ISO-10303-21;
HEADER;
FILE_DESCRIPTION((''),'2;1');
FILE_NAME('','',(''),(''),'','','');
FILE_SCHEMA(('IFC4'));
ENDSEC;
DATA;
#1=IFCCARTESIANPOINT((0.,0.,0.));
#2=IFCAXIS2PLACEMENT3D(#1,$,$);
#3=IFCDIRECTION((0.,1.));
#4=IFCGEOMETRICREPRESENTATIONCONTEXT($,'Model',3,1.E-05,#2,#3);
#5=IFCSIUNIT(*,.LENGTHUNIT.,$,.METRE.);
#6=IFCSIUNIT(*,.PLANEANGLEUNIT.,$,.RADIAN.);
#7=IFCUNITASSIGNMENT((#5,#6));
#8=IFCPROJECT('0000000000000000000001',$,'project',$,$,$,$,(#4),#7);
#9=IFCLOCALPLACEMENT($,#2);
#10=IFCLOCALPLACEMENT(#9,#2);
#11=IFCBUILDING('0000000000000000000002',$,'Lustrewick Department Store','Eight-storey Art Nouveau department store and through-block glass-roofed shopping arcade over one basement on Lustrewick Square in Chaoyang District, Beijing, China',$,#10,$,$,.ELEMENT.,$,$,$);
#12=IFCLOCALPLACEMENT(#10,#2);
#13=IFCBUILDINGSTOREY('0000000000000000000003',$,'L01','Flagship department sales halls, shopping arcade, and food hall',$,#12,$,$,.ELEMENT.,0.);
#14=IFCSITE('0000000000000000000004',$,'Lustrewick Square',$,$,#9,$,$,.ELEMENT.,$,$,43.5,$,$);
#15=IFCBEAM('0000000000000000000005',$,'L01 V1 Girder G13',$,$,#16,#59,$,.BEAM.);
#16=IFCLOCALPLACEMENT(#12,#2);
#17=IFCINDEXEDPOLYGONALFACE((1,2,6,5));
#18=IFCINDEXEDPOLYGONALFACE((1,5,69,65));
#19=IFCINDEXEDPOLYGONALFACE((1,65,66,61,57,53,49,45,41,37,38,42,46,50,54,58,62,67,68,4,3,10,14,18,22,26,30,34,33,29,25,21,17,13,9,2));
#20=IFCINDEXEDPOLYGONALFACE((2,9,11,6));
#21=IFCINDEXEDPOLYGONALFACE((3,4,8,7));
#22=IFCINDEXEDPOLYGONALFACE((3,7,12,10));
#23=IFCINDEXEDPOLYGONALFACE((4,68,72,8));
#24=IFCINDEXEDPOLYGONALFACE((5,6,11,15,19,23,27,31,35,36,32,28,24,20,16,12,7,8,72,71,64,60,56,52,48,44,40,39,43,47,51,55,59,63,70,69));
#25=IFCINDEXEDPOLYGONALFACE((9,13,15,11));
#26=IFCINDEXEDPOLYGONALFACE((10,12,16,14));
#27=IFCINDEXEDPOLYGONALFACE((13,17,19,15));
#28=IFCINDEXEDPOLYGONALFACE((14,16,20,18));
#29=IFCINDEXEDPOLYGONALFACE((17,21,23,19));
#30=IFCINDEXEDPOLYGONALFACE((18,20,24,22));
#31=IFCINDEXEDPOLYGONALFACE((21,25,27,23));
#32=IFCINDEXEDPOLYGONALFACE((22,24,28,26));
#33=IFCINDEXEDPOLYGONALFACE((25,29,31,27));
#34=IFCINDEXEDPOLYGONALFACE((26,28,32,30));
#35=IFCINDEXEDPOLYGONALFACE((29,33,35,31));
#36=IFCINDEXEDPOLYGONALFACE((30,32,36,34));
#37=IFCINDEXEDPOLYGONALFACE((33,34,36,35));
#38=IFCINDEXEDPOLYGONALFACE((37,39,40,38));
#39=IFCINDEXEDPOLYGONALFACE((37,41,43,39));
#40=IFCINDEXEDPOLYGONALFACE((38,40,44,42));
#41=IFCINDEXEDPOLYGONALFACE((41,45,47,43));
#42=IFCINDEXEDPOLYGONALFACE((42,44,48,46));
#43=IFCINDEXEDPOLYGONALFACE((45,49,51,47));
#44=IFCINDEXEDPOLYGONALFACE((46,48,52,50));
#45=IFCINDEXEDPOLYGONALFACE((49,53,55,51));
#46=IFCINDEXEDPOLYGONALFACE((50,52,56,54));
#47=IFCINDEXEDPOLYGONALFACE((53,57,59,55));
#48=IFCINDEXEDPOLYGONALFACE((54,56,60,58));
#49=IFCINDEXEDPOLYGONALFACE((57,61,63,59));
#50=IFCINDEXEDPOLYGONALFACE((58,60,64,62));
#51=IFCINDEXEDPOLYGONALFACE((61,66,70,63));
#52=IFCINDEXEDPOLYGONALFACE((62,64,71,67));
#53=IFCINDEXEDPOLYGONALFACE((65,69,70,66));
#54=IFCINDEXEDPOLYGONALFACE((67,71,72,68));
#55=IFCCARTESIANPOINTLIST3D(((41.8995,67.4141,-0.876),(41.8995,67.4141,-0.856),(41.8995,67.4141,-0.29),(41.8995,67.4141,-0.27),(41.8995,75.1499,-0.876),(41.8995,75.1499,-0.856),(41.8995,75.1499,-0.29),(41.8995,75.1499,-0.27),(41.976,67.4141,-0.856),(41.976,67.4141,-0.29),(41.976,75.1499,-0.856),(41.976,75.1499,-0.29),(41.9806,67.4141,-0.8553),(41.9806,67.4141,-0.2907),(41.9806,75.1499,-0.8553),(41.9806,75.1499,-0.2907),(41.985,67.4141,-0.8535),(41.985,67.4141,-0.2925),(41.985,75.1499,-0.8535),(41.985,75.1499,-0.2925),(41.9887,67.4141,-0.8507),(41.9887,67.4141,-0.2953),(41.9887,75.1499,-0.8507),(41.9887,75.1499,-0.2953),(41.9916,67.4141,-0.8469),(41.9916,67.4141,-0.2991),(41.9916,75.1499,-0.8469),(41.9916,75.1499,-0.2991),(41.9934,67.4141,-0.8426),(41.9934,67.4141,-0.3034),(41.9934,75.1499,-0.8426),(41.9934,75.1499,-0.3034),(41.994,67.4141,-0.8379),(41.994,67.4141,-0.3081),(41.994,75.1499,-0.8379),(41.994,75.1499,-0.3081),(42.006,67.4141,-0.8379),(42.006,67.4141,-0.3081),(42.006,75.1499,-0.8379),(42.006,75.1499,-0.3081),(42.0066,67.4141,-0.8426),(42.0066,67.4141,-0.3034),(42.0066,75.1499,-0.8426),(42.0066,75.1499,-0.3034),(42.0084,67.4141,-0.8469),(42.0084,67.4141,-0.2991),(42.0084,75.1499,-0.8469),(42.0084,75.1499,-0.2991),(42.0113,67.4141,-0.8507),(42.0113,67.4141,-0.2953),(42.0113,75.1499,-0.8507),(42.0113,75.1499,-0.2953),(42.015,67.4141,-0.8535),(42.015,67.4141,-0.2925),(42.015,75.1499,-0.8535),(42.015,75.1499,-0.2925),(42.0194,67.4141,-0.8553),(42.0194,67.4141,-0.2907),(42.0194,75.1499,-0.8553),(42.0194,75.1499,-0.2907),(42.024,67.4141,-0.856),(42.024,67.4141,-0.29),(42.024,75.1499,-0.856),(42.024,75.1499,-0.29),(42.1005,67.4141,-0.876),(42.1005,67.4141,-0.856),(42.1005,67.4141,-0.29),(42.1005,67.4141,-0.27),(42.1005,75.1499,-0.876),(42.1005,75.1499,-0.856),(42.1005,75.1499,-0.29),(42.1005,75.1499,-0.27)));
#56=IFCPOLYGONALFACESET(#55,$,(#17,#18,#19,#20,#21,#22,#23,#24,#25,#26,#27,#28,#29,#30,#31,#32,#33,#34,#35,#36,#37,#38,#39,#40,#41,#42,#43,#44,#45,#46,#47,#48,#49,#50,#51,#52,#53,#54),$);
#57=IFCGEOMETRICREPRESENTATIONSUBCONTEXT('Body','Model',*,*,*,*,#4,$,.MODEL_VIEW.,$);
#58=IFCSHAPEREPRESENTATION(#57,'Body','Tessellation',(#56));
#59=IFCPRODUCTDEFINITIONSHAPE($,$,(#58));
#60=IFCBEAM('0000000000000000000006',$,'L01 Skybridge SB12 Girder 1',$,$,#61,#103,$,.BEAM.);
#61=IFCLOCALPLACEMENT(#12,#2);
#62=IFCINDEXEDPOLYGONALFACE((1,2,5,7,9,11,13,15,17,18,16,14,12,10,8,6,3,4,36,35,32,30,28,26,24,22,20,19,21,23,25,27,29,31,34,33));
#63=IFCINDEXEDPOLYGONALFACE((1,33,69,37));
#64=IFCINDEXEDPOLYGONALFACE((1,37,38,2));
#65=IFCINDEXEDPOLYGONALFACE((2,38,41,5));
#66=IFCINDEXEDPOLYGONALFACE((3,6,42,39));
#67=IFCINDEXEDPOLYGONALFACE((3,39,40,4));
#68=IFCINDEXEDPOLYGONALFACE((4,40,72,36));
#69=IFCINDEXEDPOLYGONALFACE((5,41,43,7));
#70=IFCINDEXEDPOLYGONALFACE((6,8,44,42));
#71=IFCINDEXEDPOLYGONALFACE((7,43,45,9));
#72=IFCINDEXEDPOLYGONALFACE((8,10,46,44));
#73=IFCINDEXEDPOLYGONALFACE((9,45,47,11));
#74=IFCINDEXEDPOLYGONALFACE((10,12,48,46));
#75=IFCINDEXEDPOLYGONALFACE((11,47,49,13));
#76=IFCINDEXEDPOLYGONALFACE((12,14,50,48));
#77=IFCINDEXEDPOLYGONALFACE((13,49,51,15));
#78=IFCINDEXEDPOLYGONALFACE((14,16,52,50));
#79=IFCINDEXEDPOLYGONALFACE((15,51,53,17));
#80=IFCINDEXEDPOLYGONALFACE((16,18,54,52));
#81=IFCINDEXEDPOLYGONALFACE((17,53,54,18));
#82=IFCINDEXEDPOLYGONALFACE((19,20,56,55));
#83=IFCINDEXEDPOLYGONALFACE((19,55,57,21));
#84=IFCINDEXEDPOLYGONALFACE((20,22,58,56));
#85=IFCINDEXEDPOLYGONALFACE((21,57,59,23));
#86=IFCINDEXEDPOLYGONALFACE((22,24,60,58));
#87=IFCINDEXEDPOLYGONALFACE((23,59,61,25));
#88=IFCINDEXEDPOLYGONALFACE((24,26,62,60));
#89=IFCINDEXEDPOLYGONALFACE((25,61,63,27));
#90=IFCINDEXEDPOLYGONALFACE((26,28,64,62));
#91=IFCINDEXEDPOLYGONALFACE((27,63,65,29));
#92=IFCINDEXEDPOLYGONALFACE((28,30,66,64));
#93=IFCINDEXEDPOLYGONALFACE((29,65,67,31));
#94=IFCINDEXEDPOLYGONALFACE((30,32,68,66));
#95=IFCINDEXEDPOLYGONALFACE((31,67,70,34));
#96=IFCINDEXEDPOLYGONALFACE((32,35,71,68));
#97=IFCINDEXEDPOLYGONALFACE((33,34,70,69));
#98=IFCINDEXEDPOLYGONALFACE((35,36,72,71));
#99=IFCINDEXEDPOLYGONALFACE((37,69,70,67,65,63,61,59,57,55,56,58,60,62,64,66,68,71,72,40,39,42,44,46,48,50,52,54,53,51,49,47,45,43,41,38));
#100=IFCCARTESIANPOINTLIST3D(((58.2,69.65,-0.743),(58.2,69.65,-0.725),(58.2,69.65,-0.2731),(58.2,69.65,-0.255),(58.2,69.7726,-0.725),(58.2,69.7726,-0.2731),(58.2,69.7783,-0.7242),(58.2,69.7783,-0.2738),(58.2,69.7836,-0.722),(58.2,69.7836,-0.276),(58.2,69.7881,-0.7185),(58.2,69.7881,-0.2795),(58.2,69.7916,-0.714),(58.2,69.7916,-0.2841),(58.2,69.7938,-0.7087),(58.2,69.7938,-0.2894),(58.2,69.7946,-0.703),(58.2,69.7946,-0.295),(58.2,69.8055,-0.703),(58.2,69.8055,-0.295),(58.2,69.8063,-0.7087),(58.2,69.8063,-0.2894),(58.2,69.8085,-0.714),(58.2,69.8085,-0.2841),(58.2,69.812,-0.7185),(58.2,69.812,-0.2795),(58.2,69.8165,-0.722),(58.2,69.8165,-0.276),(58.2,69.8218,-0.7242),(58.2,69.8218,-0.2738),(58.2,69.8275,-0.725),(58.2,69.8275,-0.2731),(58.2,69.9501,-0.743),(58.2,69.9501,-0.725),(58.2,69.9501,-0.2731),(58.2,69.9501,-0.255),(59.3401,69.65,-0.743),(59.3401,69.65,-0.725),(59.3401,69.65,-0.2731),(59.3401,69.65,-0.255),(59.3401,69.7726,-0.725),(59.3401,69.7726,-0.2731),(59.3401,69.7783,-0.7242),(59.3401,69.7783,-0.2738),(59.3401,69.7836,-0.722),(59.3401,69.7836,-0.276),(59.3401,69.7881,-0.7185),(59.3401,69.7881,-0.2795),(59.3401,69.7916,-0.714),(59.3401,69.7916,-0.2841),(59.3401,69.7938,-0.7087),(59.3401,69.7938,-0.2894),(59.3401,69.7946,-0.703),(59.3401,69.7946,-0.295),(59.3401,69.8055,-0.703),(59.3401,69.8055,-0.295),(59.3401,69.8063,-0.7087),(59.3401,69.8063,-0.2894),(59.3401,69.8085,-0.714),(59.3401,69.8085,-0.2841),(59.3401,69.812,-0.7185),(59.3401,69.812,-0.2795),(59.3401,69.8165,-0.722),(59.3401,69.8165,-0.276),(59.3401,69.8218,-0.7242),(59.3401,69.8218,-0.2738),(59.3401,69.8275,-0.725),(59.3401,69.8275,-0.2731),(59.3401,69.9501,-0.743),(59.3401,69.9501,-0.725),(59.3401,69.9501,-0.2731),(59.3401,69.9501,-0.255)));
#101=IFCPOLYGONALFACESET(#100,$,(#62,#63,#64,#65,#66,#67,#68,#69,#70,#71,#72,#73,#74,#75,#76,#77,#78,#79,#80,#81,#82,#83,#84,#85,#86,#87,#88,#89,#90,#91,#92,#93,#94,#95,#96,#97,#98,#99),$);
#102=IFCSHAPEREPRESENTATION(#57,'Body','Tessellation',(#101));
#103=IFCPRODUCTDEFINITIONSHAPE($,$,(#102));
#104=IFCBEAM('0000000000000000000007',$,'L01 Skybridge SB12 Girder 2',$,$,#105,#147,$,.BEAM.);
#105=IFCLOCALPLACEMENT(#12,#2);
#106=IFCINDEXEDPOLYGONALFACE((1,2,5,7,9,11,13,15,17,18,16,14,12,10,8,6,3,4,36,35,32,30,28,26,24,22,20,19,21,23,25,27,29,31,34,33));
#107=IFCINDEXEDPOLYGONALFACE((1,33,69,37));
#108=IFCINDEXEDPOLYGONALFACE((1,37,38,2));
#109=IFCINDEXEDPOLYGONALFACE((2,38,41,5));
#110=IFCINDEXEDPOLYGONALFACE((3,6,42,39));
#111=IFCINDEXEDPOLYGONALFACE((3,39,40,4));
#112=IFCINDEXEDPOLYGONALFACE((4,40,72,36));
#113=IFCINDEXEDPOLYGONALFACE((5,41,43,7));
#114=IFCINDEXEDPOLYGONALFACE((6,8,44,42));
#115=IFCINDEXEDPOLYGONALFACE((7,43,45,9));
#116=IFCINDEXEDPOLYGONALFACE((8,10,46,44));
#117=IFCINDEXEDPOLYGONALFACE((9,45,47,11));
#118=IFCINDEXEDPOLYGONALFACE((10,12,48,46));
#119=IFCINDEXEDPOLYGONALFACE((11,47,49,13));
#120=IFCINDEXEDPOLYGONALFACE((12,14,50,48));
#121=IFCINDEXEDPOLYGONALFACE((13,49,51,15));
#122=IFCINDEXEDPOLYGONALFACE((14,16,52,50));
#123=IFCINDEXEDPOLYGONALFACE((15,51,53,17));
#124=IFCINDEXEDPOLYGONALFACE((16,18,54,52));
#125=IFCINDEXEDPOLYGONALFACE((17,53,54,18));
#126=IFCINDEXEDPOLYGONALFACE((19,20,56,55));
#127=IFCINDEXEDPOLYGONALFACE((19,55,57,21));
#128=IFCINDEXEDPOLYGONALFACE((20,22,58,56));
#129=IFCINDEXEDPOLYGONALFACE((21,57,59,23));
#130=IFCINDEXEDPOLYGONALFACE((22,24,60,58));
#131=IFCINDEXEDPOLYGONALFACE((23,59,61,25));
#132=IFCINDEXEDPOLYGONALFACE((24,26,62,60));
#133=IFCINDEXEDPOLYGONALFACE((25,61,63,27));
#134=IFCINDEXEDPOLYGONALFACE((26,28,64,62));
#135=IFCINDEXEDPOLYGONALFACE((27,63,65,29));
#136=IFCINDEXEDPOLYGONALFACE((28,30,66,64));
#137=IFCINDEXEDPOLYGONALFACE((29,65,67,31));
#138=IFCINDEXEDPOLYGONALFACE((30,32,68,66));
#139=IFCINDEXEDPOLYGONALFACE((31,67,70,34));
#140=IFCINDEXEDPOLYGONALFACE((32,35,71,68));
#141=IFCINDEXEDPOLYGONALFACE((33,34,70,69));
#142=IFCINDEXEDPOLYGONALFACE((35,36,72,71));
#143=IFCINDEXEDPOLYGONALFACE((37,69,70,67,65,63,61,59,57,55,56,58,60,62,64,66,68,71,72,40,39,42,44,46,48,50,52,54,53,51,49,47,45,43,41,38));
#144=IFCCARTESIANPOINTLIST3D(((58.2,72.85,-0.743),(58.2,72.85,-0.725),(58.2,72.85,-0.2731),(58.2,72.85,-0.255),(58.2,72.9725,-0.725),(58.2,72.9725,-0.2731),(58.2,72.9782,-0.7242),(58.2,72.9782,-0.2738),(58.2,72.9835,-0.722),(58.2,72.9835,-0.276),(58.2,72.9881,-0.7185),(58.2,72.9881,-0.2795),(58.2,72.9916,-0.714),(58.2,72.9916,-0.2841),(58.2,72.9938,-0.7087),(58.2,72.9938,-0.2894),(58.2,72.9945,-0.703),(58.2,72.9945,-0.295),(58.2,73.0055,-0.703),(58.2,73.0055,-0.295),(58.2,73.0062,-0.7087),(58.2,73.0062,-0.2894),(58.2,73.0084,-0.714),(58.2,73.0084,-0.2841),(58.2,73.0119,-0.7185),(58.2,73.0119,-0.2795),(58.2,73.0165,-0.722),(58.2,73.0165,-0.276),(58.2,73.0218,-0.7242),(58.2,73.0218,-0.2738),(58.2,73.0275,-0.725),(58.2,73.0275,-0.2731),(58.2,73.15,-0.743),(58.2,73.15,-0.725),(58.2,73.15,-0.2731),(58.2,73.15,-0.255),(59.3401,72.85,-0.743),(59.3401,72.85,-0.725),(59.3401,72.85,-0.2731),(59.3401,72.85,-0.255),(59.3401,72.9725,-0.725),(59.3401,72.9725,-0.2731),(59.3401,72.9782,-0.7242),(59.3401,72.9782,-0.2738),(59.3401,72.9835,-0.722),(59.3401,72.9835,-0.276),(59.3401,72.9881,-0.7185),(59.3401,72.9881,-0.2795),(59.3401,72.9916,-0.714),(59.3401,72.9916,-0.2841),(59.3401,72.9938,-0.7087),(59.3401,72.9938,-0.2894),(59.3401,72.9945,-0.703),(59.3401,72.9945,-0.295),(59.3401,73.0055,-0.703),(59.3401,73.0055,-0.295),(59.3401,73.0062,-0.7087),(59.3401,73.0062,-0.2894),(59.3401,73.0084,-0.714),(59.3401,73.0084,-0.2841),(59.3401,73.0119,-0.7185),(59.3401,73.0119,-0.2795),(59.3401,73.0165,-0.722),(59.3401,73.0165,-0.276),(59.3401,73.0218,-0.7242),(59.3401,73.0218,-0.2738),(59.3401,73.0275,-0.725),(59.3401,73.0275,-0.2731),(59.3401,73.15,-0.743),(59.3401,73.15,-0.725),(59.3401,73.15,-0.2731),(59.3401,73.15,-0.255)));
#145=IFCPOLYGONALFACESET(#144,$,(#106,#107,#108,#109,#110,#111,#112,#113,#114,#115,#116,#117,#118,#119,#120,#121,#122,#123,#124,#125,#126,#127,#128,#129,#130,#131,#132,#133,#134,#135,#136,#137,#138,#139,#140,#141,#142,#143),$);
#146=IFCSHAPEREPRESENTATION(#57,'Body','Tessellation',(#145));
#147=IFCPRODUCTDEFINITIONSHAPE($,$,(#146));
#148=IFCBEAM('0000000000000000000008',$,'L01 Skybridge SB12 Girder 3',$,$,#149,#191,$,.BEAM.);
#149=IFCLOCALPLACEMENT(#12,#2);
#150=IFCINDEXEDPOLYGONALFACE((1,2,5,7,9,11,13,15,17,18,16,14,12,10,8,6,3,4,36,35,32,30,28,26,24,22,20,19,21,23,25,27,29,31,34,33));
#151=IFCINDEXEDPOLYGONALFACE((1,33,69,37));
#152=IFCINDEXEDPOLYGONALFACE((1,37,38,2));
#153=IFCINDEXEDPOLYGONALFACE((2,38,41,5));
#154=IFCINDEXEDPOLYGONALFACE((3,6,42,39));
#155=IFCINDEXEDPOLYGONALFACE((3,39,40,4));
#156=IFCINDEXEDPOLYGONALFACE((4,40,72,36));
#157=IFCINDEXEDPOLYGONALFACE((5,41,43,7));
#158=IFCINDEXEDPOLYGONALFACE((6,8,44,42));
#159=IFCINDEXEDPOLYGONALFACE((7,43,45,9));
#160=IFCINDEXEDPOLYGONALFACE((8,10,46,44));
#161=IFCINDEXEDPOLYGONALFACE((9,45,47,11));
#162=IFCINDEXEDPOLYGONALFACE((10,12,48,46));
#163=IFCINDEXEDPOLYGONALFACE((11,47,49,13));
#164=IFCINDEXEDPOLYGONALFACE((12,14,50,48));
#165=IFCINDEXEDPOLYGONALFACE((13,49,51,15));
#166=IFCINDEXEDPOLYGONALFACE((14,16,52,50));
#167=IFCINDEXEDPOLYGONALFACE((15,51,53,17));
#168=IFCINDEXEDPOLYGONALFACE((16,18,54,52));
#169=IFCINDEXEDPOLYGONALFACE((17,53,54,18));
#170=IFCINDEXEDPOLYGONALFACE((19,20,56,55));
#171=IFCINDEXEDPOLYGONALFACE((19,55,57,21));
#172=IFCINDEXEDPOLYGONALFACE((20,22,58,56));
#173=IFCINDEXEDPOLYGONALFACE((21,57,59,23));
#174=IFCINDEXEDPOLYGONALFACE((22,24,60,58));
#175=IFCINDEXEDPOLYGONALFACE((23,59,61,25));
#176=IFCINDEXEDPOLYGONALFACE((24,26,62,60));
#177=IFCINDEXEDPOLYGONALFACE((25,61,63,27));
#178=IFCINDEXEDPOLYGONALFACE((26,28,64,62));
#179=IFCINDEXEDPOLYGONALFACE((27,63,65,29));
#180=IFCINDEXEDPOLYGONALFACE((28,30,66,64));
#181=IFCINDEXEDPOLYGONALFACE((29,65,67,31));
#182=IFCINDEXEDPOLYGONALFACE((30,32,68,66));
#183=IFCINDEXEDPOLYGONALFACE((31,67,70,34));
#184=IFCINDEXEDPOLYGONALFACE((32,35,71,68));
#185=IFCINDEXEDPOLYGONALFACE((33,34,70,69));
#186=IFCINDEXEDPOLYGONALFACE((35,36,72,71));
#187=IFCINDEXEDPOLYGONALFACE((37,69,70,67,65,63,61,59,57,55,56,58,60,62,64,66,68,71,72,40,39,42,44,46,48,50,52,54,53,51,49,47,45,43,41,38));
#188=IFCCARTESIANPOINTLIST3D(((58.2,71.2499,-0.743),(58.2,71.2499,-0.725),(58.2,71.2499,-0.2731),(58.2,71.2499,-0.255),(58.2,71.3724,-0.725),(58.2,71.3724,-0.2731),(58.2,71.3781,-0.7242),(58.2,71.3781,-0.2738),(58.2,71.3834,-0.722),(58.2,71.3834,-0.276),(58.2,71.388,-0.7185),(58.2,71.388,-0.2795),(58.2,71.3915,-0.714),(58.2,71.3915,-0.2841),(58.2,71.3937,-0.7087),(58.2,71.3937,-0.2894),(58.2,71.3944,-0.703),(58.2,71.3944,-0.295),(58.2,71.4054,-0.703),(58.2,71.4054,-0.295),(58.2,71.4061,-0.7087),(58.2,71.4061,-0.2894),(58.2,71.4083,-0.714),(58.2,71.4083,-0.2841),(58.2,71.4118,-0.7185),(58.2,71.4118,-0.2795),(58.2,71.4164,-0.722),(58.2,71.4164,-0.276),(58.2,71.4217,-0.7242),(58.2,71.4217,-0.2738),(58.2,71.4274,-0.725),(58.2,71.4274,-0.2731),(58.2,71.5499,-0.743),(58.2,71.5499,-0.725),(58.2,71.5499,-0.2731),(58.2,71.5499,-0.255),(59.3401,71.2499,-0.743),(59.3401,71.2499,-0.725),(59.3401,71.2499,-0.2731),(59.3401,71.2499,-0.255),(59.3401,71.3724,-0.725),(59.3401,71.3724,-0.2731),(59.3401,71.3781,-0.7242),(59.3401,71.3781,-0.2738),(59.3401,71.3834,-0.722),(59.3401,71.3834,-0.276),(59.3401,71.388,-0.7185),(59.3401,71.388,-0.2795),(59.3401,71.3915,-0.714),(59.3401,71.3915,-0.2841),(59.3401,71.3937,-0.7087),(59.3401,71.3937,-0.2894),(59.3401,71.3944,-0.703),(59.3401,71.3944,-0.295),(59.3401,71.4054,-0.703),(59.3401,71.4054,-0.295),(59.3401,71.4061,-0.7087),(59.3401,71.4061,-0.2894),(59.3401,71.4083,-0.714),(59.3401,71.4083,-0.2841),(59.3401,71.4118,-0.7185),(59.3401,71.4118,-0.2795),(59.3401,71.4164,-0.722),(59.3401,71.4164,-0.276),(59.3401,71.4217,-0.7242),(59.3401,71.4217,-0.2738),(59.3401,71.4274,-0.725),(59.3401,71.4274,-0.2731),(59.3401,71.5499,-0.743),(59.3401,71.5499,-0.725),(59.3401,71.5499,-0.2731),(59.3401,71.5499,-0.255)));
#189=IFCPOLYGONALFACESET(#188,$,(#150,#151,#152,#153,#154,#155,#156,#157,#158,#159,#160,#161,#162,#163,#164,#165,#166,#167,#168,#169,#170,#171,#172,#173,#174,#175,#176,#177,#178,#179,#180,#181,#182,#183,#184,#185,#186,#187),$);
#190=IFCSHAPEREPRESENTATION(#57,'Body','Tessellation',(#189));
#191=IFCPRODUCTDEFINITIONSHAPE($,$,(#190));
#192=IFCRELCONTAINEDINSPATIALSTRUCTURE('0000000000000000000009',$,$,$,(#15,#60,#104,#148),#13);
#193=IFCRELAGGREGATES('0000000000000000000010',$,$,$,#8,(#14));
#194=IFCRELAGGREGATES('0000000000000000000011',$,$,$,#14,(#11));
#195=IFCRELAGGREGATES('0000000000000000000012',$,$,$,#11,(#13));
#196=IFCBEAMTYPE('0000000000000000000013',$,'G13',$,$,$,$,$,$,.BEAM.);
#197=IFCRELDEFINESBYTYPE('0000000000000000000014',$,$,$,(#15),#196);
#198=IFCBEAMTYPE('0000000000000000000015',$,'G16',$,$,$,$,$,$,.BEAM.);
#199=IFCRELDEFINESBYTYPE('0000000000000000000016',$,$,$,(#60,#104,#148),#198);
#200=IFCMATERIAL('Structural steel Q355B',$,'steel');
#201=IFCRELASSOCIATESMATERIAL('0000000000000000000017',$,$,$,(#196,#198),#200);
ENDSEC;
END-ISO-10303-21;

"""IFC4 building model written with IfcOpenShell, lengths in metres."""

from ifc_helpers import new_model, si_unit, direction, frame, origin, origin_2d, place, context, subcontext, project, spatial, i_section, extrude, material, material_profile, profile_set, type_object, element, save


model = new_model("IFC4")

# Units and contexts
model_context = context("Model", 3, precision=1e-05, world=origin(), true_north=direction((0.0, 1.0)))
body_context = subcontext(model_context, "Body", "Model", "MODEL_VIEW")
ifc_project = project(units=[si_unit("LENGTHUNIT", "METRE"), si_unit("PLANEANGLEUNIT", "RADIAN")], contexts=[model_context])

# Site, building, storey
site_placement = place(None, origin())
site = spatial("IfcSite", under=ifc_project, at=site_placement, Name="Lustrewick Square", CompositionType="ELEMENT", RefElevation=43.5)
building_placement = place(site_placement, origin())
building = spatial("IfcBuilding", under=site, at=building_placement, Name="Lustrewick Department Store", Description="Eight-storey Art Nouveau department store and through-block glass-roofed shopping arcade over one basement on Lustrewick Square in Chaoyang District, Beijing, China", CompositionType="ELEMENT")
storey_placement = place(building_placement, origin())
storey = spatial("IfcBuildingStorey", under=building, at=storey_placement, Name="L01", Description="Flagship department sales halls, shopping arcade, and food hall", CompositionType="ELEMENT", Elevation=0.0)

# Shared definitions
ifc_material_1 = material(Name="Structural steel Q355B", Category="steel")

# Beams
ifc_material_profile_1 = material_profile(ifc_material_1, i_section(OverallWidth=0.2009, OverallDepth=0.606, WebThickness=0.012, FlangeThickness=0.02, FilletRadius=0.0181, at=origin_2d()), Name="HN 606x201x12x20")
ifc_profile_set_1 = profile_set([ifc_material_profile_1], Name="Structural steel Q355B")
beam_type_1 = type_object("IfcBeamType", Name="G13", PredefinedType="BEAM", material=ifc_profile_set_1)
beam_1_placement = place(storey_placement, frame((42.0, 67.4141, -0.573), z_axis=(0.0, 1.0, 0.0), x_axis=(-1.0, 0.0, 0.0)))
element("IfcBeam", 1, at=beam_1_placement, inside=storey, type_object=beam_type_1, Name="L01 V1 Girder G13", PredefinedType="BEAM", context=body_context, shape_type="SweptSolid", body=[
    extrude(i_section(OverallWidth=0.2009, OverallDepth=0.606, WebThickness=0.012, FlangeThickness=0.02, FilletRadius=0.0181, at=origin_2d()), origin(), (0.0, 0.0, 1.0), 7.7358),
])
ifc_material_profile_2 = material_profile(ifc_material_1, i_section(OverallWidth=0.3, OverallDepth=0.488, WebThickness=0.011, FlangeThickness=0.0181, FilletRadius=0.022, at=origin_2d()), Name="HM 488x300x11x18")
ifc_profile_set_2 = profile_set([ifc_material_profile_2], Name="Structural steel Q355B")
beam_type_2 = type_object("IfcBeamType", Name="G16", PredefinedType="BEAM", material=ifc_profile_set_2)
for number, where, z_axis, x_axis, name in (
    (2, (58.2, 69.8, -0.499), (1.0, 0.0, 0.0), (0.0, 1.0, 0.0), "L01 Skybridge SB12 Girder 1"),
    (3, (58.2, 73.0, -0.499), (1.0, 0.0, 0.0), (0.0, 1.0, 0.0), "L01 Skybridge SB12 Girder 2"),
    (4, (58.2, 71.3999, -0.499), (1.0, 0.0, 0.0), (0.0, 1.0, 0.0), "L01 Skybridge SB12 Girder 3"),
):
    element("IfcBeam", number, at=place(storey_placement, frame(where, z_axis=z_axis, x_axis=x_axis)), inside=storey, type_object=beam_type_2, Name=name, PredefinedType="BEAM", context=body_context, shape_type="SweptSolid", body=[
        extrude(i_section(OverallWidth=0.3, OverallDepth=0.488, WebThickness=0.011, FlangeThickness=0.0181, FilletRadius=0.022, at=origin_2d()), origin(), (0.0, 0.0, 1.0), 1.1401),
    ])

save(model, "model.ifc")
